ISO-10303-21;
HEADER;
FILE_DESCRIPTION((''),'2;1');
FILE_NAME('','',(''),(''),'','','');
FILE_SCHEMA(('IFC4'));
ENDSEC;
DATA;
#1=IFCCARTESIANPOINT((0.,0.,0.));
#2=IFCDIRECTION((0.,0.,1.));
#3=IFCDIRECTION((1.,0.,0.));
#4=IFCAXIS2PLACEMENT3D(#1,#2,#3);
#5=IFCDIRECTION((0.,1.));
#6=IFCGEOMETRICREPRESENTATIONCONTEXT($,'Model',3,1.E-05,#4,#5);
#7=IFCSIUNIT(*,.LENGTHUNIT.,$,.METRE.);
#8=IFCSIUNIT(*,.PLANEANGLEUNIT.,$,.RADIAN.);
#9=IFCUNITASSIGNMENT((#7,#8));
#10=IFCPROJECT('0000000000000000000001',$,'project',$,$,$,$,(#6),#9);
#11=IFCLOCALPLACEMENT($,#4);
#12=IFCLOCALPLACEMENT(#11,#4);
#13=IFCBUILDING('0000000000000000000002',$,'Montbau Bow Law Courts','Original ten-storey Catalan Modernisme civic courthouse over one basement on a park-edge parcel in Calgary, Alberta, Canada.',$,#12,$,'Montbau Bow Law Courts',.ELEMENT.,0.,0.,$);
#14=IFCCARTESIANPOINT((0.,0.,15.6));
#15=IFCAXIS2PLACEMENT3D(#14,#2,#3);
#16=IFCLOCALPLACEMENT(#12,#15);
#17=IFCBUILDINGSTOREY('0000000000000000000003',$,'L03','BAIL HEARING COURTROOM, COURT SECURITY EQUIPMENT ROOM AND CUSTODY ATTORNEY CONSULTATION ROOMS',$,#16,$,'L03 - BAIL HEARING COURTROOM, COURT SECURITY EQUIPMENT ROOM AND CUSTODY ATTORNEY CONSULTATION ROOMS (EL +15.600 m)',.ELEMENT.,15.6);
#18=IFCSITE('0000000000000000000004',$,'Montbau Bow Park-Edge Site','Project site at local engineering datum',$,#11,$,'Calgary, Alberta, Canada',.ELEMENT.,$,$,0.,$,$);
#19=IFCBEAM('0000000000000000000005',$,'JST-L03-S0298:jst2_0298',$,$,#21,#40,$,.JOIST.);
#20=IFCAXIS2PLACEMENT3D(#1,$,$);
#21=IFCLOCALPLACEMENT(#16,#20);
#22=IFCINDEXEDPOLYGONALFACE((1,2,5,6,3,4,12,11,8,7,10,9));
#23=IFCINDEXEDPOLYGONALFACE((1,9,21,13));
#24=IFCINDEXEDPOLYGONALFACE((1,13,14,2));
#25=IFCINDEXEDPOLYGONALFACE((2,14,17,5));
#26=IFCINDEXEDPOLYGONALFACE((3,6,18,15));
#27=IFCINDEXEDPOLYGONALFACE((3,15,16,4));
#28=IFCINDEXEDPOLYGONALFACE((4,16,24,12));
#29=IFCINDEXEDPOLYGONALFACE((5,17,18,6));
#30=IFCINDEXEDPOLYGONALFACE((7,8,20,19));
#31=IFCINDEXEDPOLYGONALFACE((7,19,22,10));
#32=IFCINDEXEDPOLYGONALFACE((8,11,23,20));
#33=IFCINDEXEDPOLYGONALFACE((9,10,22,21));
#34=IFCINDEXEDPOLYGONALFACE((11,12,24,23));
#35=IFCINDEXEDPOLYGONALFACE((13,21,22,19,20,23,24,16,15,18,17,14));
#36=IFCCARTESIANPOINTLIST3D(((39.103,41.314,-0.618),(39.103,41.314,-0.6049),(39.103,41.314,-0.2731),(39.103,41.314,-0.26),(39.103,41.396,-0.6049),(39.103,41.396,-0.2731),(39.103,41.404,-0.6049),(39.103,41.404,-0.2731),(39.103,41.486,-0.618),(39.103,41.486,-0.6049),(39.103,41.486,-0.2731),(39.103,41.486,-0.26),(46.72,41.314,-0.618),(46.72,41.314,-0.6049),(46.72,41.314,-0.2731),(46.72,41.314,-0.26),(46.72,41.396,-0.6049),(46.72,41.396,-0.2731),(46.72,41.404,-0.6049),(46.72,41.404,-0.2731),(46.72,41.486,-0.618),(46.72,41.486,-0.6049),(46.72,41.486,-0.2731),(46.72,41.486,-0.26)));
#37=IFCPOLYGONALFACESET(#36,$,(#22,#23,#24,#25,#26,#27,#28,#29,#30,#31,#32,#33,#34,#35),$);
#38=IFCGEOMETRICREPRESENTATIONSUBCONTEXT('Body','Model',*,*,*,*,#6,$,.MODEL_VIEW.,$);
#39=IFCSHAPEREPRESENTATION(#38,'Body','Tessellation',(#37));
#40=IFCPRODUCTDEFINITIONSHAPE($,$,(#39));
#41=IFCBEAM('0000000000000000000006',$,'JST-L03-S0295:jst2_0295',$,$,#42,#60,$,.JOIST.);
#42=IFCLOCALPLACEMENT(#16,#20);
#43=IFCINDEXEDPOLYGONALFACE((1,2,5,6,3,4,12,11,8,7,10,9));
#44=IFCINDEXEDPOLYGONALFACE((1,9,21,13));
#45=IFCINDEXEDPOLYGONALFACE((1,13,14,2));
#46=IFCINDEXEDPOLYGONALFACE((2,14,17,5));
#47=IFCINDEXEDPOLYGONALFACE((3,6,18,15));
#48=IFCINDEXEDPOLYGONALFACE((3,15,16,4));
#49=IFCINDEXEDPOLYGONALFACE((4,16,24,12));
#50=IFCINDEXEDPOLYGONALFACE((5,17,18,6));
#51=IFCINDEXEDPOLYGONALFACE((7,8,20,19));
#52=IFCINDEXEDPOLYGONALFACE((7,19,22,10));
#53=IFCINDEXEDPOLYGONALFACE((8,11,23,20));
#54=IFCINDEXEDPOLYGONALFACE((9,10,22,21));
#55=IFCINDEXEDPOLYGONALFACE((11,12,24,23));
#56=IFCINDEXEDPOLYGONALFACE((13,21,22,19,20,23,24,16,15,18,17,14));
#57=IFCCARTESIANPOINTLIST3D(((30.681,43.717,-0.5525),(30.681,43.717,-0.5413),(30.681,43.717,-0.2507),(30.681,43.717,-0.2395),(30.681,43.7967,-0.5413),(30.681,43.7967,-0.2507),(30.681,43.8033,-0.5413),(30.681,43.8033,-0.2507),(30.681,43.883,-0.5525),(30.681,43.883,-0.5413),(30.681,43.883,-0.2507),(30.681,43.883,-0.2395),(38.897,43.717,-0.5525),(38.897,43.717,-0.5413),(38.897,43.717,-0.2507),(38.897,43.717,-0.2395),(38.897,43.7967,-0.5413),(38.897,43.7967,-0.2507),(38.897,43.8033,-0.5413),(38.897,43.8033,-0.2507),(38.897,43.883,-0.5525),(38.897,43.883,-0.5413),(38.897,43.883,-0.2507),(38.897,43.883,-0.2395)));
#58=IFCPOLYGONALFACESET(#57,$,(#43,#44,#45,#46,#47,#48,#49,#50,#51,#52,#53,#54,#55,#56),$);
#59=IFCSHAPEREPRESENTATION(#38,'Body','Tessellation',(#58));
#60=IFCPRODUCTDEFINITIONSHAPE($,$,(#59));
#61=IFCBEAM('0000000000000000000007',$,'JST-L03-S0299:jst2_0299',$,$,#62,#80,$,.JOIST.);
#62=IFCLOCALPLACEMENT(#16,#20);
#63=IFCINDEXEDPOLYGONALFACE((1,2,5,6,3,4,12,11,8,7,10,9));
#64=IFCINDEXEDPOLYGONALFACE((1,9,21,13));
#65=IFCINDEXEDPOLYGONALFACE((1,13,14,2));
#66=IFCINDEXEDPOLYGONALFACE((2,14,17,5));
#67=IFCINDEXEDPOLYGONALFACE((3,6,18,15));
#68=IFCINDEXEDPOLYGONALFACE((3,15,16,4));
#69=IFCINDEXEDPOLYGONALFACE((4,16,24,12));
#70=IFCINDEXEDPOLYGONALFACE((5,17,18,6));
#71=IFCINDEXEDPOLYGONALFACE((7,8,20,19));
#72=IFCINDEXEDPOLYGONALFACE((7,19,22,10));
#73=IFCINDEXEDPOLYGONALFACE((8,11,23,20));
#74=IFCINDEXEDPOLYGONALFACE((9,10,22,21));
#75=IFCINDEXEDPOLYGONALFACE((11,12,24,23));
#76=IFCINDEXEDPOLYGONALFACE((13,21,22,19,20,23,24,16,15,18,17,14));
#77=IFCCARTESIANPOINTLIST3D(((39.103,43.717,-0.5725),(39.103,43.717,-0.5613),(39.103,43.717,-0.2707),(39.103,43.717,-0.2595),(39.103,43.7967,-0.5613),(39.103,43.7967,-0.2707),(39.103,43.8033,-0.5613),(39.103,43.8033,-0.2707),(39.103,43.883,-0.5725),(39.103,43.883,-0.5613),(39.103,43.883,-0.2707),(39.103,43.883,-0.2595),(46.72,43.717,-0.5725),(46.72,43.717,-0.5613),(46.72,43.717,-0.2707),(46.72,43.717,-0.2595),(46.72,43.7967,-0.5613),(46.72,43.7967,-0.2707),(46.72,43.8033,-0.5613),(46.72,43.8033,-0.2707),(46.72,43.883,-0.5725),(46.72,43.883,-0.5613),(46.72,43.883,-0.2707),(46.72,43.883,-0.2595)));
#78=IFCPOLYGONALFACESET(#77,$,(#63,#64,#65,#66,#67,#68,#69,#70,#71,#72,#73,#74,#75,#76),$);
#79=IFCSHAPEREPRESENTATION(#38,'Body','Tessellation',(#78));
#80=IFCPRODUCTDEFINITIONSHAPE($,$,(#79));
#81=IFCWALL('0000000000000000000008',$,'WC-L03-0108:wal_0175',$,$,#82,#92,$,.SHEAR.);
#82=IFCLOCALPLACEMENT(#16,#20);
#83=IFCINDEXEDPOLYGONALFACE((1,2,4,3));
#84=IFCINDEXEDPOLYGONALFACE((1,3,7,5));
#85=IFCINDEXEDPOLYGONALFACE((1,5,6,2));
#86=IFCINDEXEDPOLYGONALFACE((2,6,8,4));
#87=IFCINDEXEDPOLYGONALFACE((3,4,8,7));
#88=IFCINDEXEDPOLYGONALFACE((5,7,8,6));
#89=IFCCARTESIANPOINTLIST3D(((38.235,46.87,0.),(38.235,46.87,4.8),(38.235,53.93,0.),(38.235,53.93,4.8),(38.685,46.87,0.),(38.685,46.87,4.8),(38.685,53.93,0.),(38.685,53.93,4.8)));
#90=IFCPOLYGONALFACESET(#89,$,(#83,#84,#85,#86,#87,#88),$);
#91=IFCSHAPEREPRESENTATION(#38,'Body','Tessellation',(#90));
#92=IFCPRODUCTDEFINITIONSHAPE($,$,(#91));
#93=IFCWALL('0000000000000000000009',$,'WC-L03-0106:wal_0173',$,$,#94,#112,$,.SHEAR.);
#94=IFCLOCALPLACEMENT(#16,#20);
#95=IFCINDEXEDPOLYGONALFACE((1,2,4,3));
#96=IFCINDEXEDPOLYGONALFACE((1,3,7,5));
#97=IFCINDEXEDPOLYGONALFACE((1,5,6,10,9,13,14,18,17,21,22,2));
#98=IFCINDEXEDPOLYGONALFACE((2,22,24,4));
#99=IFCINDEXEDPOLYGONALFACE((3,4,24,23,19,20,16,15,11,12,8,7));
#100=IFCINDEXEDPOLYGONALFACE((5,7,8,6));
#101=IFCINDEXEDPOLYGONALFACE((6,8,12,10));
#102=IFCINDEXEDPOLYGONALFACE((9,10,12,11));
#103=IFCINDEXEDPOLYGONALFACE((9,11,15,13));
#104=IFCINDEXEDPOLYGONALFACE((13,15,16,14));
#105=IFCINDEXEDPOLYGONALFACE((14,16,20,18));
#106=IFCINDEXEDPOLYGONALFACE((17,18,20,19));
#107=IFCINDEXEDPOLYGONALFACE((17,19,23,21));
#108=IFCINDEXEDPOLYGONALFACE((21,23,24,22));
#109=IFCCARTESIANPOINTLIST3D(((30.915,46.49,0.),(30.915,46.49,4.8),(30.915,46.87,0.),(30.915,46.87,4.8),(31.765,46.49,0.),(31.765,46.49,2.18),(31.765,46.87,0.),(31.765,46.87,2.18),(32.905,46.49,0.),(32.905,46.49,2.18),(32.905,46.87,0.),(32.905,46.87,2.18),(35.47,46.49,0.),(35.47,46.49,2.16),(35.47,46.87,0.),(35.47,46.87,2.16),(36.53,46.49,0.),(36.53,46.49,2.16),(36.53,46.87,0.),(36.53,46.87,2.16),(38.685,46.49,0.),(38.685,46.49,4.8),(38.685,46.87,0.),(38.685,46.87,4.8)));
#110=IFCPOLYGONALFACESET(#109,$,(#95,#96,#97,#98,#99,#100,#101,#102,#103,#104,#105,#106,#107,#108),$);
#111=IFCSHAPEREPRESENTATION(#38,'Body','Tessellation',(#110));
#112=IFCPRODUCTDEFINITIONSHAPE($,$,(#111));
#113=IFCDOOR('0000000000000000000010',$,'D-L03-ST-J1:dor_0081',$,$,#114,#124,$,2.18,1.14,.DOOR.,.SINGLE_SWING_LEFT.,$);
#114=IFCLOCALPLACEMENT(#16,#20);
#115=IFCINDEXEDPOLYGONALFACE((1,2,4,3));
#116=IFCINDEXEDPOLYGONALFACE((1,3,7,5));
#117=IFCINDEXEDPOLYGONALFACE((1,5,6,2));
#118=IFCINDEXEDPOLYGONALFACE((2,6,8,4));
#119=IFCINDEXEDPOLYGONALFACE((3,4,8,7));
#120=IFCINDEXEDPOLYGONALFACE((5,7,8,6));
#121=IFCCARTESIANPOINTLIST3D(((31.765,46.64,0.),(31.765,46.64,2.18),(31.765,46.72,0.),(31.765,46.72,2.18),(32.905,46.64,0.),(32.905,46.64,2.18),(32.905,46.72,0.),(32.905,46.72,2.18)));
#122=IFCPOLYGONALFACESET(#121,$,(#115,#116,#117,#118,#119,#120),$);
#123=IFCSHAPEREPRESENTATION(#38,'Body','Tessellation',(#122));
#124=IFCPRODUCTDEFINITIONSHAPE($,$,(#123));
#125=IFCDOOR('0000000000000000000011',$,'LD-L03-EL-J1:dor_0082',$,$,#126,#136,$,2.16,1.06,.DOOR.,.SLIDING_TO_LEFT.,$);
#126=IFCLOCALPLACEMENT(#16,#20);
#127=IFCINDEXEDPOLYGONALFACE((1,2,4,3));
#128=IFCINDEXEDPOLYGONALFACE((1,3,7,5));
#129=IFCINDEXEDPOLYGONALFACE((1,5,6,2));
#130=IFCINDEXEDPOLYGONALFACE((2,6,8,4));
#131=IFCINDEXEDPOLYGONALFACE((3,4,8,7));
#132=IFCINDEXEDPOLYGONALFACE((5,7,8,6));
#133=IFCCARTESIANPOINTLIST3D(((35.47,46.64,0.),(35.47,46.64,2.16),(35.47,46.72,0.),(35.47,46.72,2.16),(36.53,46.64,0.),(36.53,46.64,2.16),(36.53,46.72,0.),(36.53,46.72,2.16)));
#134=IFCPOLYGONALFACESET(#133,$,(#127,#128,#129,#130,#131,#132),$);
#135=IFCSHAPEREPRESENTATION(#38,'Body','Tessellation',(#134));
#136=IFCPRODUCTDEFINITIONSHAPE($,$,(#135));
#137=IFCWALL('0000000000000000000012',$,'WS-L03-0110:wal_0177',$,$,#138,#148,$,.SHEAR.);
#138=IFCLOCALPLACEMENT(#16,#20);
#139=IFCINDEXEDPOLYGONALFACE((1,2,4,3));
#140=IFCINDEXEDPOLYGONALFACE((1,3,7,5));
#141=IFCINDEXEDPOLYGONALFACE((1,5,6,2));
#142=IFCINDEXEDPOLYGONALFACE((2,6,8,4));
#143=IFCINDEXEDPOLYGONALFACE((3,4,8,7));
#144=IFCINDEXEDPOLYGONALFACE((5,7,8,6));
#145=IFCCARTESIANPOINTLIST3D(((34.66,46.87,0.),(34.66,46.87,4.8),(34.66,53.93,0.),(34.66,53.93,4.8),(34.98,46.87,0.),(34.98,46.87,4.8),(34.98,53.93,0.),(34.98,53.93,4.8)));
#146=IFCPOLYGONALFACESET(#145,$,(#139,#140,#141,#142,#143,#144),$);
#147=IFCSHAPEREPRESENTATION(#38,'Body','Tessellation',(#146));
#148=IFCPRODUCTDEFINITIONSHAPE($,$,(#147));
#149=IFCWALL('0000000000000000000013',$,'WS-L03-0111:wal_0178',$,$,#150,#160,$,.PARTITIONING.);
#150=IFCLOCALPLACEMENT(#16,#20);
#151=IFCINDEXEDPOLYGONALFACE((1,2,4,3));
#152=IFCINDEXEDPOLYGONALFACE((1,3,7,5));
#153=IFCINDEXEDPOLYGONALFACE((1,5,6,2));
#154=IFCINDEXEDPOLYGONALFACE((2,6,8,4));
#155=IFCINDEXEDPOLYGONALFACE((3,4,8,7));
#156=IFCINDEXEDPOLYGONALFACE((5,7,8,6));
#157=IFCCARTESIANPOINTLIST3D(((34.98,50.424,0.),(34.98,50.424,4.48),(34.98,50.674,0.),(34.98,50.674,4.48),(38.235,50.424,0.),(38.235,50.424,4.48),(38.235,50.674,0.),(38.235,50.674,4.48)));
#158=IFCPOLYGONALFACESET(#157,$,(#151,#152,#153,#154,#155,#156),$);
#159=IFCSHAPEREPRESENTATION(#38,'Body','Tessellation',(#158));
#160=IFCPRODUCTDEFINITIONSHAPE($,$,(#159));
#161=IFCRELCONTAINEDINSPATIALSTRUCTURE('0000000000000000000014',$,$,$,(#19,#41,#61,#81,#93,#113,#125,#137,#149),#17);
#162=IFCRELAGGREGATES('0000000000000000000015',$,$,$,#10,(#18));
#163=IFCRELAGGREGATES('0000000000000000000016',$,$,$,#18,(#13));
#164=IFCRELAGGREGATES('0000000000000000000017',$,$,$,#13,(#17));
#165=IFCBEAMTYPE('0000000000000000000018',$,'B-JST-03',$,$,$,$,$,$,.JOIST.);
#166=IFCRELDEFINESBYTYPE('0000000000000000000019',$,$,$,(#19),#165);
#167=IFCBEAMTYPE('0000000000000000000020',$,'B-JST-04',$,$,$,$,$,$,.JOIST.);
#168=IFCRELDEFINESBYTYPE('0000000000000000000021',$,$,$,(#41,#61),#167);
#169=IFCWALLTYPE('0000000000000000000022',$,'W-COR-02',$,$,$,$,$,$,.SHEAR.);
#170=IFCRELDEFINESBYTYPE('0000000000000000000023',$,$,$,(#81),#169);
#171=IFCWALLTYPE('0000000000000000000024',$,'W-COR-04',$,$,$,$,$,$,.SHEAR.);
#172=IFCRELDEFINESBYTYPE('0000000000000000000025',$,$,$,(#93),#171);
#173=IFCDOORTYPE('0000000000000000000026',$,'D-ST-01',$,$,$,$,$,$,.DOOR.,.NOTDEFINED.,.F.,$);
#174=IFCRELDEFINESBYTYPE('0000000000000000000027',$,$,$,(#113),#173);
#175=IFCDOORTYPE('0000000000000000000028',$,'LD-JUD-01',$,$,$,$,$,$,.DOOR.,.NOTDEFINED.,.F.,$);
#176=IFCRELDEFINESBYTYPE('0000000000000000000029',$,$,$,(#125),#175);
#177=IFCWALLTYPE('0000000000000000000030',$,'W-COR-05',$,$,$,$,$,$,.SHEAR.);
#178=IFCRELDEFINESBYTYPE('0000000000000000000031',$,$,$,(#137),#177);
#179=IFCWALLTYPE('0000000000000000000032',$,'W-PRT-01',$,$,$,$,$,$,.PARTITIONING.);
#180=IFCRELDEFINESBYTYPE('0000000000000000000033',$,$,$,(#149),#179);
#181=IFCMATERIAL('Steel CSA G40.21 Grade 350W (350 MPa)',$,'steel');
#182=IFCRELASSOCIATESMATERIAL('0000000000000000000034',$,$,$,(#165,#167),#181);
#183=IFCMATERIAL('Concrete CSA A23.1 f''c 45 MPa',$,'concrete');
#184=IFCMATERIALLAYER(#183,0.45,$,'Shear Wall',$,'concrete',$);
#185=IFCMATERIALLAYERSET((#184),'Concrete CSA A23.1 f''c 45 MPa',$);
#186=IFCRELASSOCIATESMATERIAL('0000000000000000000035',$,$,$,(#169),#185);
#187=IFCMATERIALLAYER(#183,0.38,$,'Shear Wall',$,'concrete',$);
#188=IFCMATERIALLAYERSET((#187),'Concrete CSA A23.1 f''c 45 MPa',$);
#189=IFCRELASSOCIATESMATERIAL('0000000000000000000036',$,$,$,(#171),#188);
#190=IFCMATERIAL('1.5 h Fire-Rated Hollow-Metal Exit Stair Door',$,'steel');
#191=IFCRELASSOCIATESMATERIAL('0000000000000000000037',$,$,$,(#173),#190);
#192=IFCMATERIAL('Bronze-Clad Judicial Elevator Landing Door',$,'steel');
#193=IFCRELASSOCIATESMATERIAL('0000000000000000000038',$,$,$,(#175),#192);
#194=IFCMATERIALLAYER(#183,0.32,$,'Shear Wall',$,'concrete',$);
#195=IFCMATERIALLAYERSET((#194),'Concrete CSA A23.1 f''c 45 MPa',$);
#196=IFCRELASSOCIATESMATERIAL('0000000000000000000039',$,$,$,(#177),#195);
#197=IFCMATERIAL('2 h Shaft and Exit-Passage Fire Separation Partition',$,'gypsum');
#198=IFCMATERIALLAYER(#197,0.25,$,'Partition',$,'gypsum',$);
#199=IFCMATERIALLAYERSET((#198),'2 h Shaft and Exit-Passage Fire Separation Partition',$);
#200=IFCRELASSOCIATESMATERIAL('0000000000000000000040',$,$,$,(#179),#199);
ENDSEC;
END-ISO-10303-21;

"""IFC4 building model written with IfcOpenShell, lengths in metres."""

from ifc_helpers import new_model, si_unit, direction, frame, frame_2d, origin_with_axes, origin_2d_with_axis, place, context, subcontext, project, spatial, rectangle, i_section, extrude, material, layer, layer_set, material_profile, profile_set, type_object, element, fill, save


model = new_model("IFC4")

# Units and contexts
model_context = context("Model", 3, precision=1e-05, world=origin_with_axes(), true_north=direction((0.0, 1.0)))
body_context = subcontext(model_context, "Body", "Model", "MODEL_VIEW")
ifc_project = project(units=[si_unit("LENGTHUNIT", "METRE"), si_unit("PLANEANGLEUNIT", "RADIAN")], contexts=[model_context])

# Site, building, storey
site_placement = place(None, origin_with_axes())
site = spatial("IfcSite", under=ifc_project, at=site_placement, Name="Montbau Bow Park-Edge Site", Description="Project site at local engineering datum", LongName="Calgary, Alberta, Canada", CompositionType="ELEMENT", RefElevation=0.0)
building_placement = place(site_placement, origin_with_axes())
building = spatial("IfcBuilding", under=site, at=building_placement, Name="Montbau Bow Law Courts", Description="Original ten-storey Catalan Modernisme civic courthouse over one basement on a park-edge parcel in Calgary, Alberta, Canada.", LongName="Montbau Bow Law Courts", CompositionType="ELEMENT", ElevationOfRefHeight=0.0, ElevationOfTerrain=0.0)
storey_placement = place(building_placement, frame((0.0, 0.0, 15.6), z_axis=(0.0, 0.0, 1.0), x_axis=(1.0, 0.0, 0.0)))
storey = spatial("IfcBuildingStorey", under=building, at=storey_placement, Name="L03", Description="BAIL HEARING COURTROOM, COURT SECURITY EQUIPMENT ROOM AND CUSTODY ATTORNEY CONSULTATION ROOMS", LongName="L03 - BAIL HEARING COURTROOM, COURT SECURITY EQUIPMENT ROOM AND CUSTODY ATTORNEY CONSULTATION ROOMS (EL +15.600 m)", CompositionType="ELEMENT", Elevation=15.6)

# Shared definitions
ifc_material_1 = material(Name="Steel CSA G40.21 Grade 350W (350 MPa)", Category="steel")

# Beams
ifc_material_profile_1 = material_profile(ifc_material_1, i_section(OverallWidth=0.172, OverallDepth=0.358, WebThickness=0.0079, FlangeThickness=0.0131, at=origin_2d_with_axis()), Name="W360X57", Category="Main", Priority=0)
ifc_profile_set_1 = profile_set([ifc_material_profile_1], Name="Steel CSA G40.21 Grade 350W (350 MPa)")
beam_type_1 = type_object("IfcBeamType", Name="B-JST-03", PredefinedType="JOIST", material=ifc_profile_set_1)
beam_1_placement = place(None, frame((39.103, 41.4, 15.161), z_axis=(1.0, 0.0, 0.0), x_axis=(0.0, 1.0, 0.0)))
element("IfcBeam", 1, at=beam_1_placement, inside=storey, type_object=beam_type_1, Name="JST-L03-S0298:jst2_0298", PredefinedType="JOIST", context=body_context, shape_type="SweptSolid", body=[
    extrude(i_section(OverallWidth=0.172, OverallDepth=0.358, WebThickness=0.0079, FlangeThickness=0.0131, at=origin_2d_with_axis()), origin_with_axes(), (0.0, 0.0, 1.0), 7.617),
])
ifc_material_profile_2 = material_profile(ifc_material_1, i_section(OverallWidth=0.166, OverallDepth=0.313, WebThickness=0.0066, FlangeThickness=0.0112, at=origin_2d_with_axis()), Name="W310X45", Category="Main", Priority=0)
ifc_profile_set_2 = profile_set([ifc_material_profile_2], Name="Steel CSA G40.21 Grade 350W (350 MPa)")
beam_type_2 = type_object("IfcBeamType", Name="B-JST-04", PredefinedType="JOIST", material=ifc_profile_set_2)
beam_2_placement = place(None, frame((30.681, 43.8, 15.204), z_axis=(1.0, 0.0, 0.0), x_axis=(0.0, 1.0, 0.0)))
element("IfcBeam", 2, at=beam_2_placement, inside=storey, type_object=beam_type_2, Name="JST-L03-S0295:jst2_0295", PredefinedType="JOIST", context=body_context, shape_type="SweptSolid", body=[
    extrude(i_section(OverallWidth=0.166, OverallDepth=0.313, WebThickness=0.0066, FlangeThickness=0.0112, at=origin_2d_with_axis()), origin_with_axes(), (0.0, 0.0, 1.0), 8.216),
])
beam_3_placement = place(None, frame((39.103, 43.8, 15.184), z_axis=(1.0, 0.0, 0.0), x_axis=(0.0, 1.0, 0.0)))
element("IfcBeam", 3, at=beam_3_placement, inside=storey, type_object=beam_type_2, Name="JST-L03-S0299:jst2_0299", PredefinedType="JOIST", context=body_context, shape_type="SweptSolid", body=[
    extrude(i_section(OverallWidth=0.166, OverallDepth=0.313, WebThickness=0.0066, FlangeThickness=0.0112, at=origin_2d_with_axis()), origin_with_axes(), (0.0, 0.0, 1.0), 7.617),
])

# Wall
ifc_material_2 = material(Name="Concrete CSA A23.1 f'c 45 MPa", Category="concrete")
ifc_layer_1 = layer(ifc_material_2, 0.45, Name="Shear Wall", Category="concrete")
ifc_layer_set_1 = layer_set([ifc_layer_1], Name="Concrete CSA A23.1 f'c 45 MPa")
wall_type_1 = type_object("IfcWallType", Name="W-COR-02", PredefinedType="SHEAR", material=ifc_layer_set_1)
wall_1_placement = place(None, frame((38.46, 46.87, 15.6), z_axis=(0.0, 0.0, 1.0), x_axis=(0.0, 1.0, 0.0)))
element("IfcWall", 4, at=wall_1_placement, inside=storey, type_object=wall_type_1, Name="WC-L03-0108:wal_0175", PredefinedType="SHEAR", context=body_context, shape_type="SweptSolid", body=[
    extrude(rectangle(XDim=7.06, YDim=0.45, at=frame_2d((3.53, 0.0), x_axis=(1.0, 0.0))), origin_with_axes(), (0.0, 0.0, 1.0), 4.8),
])

# Wall, openings, doors
ifc_layer_2 = layer(ifc_material_2, 0.38, Name="Shear Wall", Category="concrete")
ifc_layer_set_2 = layer_set([ifc_layer_2], Name="Concrete CSA A23.1 f'c 45 MPa")
wall_type_2 = type_object("IfcWallType", Name="W-COR-04", PredefinedType="SHEAR", material=ifc_layer_set_2)
wall_2_placement = place(None, frame((30.915, 46.68, 15.6), z_axis=(0.0, 0.0, 1.0), x_axis=(1.0, 0.0, 0.0)))
wall_2 = element("IfcWall", 5, at=wall_2_placement, inside=storey, type_object=wall_type_2, Name="WC-L03-0106:wal_0173", PredefinedType="SHEAR", context=body_context, shape_type="SweptSolid", body=[
    extrude(rectangle(XDim=7.77, YDim=0.38, at=frame_2d((3.885, 0.0), x_axis=(1.0, 0.0))), origin_with_axes(), (0.0, 0.0, 1.0), 4.8),
])
opening_1_placement = place(None, frame((32.335, 46.68, 15.6), z_axis=(0.0, 0.0, 1.0), x_axis=(1.0, 0.0, 0.0)))
opening_1 = element("IfcOpeningElement", 6, at=opening_1_placement, cuts=wall_2, PredefinedType="OPENING", context=body_context, shape_type="SweptSolid", body=[
    extrude(rectangle(XDim=1.14, YDim=2.18, at=frame_2d((0.0, 1.09), x_axis=(1.0, 0.0))), frame((0.0, 0.2, 0.0), z_axis=(0.0, -1.0, 0.0), x_axis=(1.0, 0.0, 0.0)), (0.0, 0.0, 1.0), 0.4),
])
opening_2_placement = place(None, frame((36.0, 46.68, 15.6), z_axis=(0.0, 0.0, 1.0), x_axis=(1.0, 0.0, 0.0)))
opening_2 = element("IfcOpeningElement", 7, at=opening_2_placement, cuts=wall_2, PredefinedType="OPENING", context=body_context, shape_type="SweptSolid", body=[
    extrude(rectangle(XDim=1.06, YDim=2.16, at=frame_2d((0.0, 1.08), x_axis=(1.0, 0.0))), frame((0.0, 0.2, 0.0), z_axis=(0.0, -1.0, 0.0), x_axis=(1.0, 0.0, 0.0)), (0.0, 0.0, 1.0), 0.4),
])
ifc_material_3 = material(Name="1.5 h Fire-Rated Hollow-Metal Exit Stair Door", Category="steel")
door_type_1 = type_object("IfcDoorType", Name="D-ST-01", OperationType="NOTDEFINED", ParameterTakesPrecedence=False, PredefinedType="DOOR", material=ifc_material_3)
door_1_placement = place(None, frame((32.335, 46.68, 15.6), z_axis=(0.0, 0.0, 1.0), x_axis=(-1.0, 0.0, 0.0)))
door_1 = element("IfcDoor", 8, at=door_1_placement, inside=storey, type_object=door_type_1, Name="D-L03-ST-J1:dor_0081", OperationType="SINGLE_SWING_LEFT", OverallHeight=2.18, OverallWidth=1.14, PredefinedType="DOOR", context=body_context, shape_type="SweptSolid", body=[
    extrude(rectangle(XDim=1.14, YDim=2.18, at=frame_2d((0.0, 1.09), x_axis=(1.0, 0.0))), frame((0.0, 0.04, 0.0), z_axis=(0.0, -1.0, 0.0), x_axis=(1.0, 0.0, 0.0)), (0.0, 0.0, 1.0), 0.08),
])
fill(opening_1, door_1)
ifc_material_4 = material(Name="Bronze-Clad Judicial Elevator Landing Door", Category="steel")
door_type_2 = type_object("IfcDoorType", Name="LD-JUD-01", OperationType="NOTDEFINED", ParameterTakesPrecedence=False, PredefinedType="DOOR", material=ifc_material_4)
door_2_placement = place(None, frame((36.0, 46.68, 15.6), z_axis=(0.0, 0.0, 1.0), x_axis=(-1.0, 0.0, 0.0)))
door_2 = element("IfcDoor", 9, at=door_2_placement, inside=storey, type_object=door_type_2, Name="LD-L03-EL-J1:dor_0082", OperationType="SLIDING_TO_LEFT", OverallHeight=2.16, OverallWidth=1.06, PredefinedType="DOOR", context=body_context, shape_type="SweptSolid", body=[
    extrude(rectangle(XDim=1.06, YDim=2.16, at=frame_2d((0.0, 1.08), x_axis=(1.0, 0.0))), frame((0.0, 0.04, 0.0), z_axis=(0.0, -1.0, 0.0), x_axis=(1.0, 0.0, 0.0)), (0.0, 0.0, 1.0), 0.08),
])
fill(opening_2, door_2)

# Walls
ifc_layer_3 = layer(ifc_material_2, 0.32, Name="Shear Wall", Category="concrete")
ifc_layer_set_3 = layer_set([ifc_layer_3], Name="Concrete CSA A23.1 f'c 45 MPa")
wall_type_3 = type_object("IfcWallType", Name="W-COR-05", PredefinedType="SHEAR", material=ifc_layer_set_3)
wall_3_placement = place(None, frame((34.82, 46.87, 15.6), z_axis=(0.0, 0.0, 1.0), x_axis=(0.0, 1.0, 0.0)))
element("IfcWall", 10, at=wall_3_placement, inside=storey, type_object=wall_type_3, Name="WS-L03-0110:wal_0177", PredefinedType="SHEAR", context=body_context, shape_type="SweptSolid", body=[
    extrude(rectangle(XDim=7.06, YDim=0.32, at=frame_2d((3.53, 0.0), x_axis=(1.0, 0.0))), origin_with_axes(), (0.0, 0.0, 1.0), 4.8),
])
ifc_material_5 = material(Name="2 h Shaft and Exit-Passage Fire Separation Partition", Category="gypsum")
ifc_layer_4 = layer(ifc_material_5, 0.25, Name="Partition", Category="gypsum")
ifc_layer_set_4 = layer_set([ifc_layer_4], Name="2 h Shaft and Exit-Passage Fire Separation Partition")
wall_type_4 = type_object("IfcWallType", Name="W-PRT-01", PredefinedType="PARTITIONING", material=ifc_layer_set_4)
wall_4_placement = place(None, frame((34.98, 50.549, 15.6), z_axis=(0.0, 0.0, 1.0), x_axis=(1.0, 0.0, 0.0)))
element("IfcWall", 11, at=wall_4_placement, inside=storey, type_object=wall_type_4, Name="WS-L03-0111:wal_0178", PredefinedType="PARTITIONING", context=body_context, shape_type="SweptSolid", body=[
    extrude(rectangle(XDim=3.255, YDim=0.25, at=frame_2d((1.6275, 0.0), x_axis=(1.0, 0.0))), origin_with_axes(), (0.0, 0.0, 1.0), 4.48),
])

save(model, "model.ifc")
